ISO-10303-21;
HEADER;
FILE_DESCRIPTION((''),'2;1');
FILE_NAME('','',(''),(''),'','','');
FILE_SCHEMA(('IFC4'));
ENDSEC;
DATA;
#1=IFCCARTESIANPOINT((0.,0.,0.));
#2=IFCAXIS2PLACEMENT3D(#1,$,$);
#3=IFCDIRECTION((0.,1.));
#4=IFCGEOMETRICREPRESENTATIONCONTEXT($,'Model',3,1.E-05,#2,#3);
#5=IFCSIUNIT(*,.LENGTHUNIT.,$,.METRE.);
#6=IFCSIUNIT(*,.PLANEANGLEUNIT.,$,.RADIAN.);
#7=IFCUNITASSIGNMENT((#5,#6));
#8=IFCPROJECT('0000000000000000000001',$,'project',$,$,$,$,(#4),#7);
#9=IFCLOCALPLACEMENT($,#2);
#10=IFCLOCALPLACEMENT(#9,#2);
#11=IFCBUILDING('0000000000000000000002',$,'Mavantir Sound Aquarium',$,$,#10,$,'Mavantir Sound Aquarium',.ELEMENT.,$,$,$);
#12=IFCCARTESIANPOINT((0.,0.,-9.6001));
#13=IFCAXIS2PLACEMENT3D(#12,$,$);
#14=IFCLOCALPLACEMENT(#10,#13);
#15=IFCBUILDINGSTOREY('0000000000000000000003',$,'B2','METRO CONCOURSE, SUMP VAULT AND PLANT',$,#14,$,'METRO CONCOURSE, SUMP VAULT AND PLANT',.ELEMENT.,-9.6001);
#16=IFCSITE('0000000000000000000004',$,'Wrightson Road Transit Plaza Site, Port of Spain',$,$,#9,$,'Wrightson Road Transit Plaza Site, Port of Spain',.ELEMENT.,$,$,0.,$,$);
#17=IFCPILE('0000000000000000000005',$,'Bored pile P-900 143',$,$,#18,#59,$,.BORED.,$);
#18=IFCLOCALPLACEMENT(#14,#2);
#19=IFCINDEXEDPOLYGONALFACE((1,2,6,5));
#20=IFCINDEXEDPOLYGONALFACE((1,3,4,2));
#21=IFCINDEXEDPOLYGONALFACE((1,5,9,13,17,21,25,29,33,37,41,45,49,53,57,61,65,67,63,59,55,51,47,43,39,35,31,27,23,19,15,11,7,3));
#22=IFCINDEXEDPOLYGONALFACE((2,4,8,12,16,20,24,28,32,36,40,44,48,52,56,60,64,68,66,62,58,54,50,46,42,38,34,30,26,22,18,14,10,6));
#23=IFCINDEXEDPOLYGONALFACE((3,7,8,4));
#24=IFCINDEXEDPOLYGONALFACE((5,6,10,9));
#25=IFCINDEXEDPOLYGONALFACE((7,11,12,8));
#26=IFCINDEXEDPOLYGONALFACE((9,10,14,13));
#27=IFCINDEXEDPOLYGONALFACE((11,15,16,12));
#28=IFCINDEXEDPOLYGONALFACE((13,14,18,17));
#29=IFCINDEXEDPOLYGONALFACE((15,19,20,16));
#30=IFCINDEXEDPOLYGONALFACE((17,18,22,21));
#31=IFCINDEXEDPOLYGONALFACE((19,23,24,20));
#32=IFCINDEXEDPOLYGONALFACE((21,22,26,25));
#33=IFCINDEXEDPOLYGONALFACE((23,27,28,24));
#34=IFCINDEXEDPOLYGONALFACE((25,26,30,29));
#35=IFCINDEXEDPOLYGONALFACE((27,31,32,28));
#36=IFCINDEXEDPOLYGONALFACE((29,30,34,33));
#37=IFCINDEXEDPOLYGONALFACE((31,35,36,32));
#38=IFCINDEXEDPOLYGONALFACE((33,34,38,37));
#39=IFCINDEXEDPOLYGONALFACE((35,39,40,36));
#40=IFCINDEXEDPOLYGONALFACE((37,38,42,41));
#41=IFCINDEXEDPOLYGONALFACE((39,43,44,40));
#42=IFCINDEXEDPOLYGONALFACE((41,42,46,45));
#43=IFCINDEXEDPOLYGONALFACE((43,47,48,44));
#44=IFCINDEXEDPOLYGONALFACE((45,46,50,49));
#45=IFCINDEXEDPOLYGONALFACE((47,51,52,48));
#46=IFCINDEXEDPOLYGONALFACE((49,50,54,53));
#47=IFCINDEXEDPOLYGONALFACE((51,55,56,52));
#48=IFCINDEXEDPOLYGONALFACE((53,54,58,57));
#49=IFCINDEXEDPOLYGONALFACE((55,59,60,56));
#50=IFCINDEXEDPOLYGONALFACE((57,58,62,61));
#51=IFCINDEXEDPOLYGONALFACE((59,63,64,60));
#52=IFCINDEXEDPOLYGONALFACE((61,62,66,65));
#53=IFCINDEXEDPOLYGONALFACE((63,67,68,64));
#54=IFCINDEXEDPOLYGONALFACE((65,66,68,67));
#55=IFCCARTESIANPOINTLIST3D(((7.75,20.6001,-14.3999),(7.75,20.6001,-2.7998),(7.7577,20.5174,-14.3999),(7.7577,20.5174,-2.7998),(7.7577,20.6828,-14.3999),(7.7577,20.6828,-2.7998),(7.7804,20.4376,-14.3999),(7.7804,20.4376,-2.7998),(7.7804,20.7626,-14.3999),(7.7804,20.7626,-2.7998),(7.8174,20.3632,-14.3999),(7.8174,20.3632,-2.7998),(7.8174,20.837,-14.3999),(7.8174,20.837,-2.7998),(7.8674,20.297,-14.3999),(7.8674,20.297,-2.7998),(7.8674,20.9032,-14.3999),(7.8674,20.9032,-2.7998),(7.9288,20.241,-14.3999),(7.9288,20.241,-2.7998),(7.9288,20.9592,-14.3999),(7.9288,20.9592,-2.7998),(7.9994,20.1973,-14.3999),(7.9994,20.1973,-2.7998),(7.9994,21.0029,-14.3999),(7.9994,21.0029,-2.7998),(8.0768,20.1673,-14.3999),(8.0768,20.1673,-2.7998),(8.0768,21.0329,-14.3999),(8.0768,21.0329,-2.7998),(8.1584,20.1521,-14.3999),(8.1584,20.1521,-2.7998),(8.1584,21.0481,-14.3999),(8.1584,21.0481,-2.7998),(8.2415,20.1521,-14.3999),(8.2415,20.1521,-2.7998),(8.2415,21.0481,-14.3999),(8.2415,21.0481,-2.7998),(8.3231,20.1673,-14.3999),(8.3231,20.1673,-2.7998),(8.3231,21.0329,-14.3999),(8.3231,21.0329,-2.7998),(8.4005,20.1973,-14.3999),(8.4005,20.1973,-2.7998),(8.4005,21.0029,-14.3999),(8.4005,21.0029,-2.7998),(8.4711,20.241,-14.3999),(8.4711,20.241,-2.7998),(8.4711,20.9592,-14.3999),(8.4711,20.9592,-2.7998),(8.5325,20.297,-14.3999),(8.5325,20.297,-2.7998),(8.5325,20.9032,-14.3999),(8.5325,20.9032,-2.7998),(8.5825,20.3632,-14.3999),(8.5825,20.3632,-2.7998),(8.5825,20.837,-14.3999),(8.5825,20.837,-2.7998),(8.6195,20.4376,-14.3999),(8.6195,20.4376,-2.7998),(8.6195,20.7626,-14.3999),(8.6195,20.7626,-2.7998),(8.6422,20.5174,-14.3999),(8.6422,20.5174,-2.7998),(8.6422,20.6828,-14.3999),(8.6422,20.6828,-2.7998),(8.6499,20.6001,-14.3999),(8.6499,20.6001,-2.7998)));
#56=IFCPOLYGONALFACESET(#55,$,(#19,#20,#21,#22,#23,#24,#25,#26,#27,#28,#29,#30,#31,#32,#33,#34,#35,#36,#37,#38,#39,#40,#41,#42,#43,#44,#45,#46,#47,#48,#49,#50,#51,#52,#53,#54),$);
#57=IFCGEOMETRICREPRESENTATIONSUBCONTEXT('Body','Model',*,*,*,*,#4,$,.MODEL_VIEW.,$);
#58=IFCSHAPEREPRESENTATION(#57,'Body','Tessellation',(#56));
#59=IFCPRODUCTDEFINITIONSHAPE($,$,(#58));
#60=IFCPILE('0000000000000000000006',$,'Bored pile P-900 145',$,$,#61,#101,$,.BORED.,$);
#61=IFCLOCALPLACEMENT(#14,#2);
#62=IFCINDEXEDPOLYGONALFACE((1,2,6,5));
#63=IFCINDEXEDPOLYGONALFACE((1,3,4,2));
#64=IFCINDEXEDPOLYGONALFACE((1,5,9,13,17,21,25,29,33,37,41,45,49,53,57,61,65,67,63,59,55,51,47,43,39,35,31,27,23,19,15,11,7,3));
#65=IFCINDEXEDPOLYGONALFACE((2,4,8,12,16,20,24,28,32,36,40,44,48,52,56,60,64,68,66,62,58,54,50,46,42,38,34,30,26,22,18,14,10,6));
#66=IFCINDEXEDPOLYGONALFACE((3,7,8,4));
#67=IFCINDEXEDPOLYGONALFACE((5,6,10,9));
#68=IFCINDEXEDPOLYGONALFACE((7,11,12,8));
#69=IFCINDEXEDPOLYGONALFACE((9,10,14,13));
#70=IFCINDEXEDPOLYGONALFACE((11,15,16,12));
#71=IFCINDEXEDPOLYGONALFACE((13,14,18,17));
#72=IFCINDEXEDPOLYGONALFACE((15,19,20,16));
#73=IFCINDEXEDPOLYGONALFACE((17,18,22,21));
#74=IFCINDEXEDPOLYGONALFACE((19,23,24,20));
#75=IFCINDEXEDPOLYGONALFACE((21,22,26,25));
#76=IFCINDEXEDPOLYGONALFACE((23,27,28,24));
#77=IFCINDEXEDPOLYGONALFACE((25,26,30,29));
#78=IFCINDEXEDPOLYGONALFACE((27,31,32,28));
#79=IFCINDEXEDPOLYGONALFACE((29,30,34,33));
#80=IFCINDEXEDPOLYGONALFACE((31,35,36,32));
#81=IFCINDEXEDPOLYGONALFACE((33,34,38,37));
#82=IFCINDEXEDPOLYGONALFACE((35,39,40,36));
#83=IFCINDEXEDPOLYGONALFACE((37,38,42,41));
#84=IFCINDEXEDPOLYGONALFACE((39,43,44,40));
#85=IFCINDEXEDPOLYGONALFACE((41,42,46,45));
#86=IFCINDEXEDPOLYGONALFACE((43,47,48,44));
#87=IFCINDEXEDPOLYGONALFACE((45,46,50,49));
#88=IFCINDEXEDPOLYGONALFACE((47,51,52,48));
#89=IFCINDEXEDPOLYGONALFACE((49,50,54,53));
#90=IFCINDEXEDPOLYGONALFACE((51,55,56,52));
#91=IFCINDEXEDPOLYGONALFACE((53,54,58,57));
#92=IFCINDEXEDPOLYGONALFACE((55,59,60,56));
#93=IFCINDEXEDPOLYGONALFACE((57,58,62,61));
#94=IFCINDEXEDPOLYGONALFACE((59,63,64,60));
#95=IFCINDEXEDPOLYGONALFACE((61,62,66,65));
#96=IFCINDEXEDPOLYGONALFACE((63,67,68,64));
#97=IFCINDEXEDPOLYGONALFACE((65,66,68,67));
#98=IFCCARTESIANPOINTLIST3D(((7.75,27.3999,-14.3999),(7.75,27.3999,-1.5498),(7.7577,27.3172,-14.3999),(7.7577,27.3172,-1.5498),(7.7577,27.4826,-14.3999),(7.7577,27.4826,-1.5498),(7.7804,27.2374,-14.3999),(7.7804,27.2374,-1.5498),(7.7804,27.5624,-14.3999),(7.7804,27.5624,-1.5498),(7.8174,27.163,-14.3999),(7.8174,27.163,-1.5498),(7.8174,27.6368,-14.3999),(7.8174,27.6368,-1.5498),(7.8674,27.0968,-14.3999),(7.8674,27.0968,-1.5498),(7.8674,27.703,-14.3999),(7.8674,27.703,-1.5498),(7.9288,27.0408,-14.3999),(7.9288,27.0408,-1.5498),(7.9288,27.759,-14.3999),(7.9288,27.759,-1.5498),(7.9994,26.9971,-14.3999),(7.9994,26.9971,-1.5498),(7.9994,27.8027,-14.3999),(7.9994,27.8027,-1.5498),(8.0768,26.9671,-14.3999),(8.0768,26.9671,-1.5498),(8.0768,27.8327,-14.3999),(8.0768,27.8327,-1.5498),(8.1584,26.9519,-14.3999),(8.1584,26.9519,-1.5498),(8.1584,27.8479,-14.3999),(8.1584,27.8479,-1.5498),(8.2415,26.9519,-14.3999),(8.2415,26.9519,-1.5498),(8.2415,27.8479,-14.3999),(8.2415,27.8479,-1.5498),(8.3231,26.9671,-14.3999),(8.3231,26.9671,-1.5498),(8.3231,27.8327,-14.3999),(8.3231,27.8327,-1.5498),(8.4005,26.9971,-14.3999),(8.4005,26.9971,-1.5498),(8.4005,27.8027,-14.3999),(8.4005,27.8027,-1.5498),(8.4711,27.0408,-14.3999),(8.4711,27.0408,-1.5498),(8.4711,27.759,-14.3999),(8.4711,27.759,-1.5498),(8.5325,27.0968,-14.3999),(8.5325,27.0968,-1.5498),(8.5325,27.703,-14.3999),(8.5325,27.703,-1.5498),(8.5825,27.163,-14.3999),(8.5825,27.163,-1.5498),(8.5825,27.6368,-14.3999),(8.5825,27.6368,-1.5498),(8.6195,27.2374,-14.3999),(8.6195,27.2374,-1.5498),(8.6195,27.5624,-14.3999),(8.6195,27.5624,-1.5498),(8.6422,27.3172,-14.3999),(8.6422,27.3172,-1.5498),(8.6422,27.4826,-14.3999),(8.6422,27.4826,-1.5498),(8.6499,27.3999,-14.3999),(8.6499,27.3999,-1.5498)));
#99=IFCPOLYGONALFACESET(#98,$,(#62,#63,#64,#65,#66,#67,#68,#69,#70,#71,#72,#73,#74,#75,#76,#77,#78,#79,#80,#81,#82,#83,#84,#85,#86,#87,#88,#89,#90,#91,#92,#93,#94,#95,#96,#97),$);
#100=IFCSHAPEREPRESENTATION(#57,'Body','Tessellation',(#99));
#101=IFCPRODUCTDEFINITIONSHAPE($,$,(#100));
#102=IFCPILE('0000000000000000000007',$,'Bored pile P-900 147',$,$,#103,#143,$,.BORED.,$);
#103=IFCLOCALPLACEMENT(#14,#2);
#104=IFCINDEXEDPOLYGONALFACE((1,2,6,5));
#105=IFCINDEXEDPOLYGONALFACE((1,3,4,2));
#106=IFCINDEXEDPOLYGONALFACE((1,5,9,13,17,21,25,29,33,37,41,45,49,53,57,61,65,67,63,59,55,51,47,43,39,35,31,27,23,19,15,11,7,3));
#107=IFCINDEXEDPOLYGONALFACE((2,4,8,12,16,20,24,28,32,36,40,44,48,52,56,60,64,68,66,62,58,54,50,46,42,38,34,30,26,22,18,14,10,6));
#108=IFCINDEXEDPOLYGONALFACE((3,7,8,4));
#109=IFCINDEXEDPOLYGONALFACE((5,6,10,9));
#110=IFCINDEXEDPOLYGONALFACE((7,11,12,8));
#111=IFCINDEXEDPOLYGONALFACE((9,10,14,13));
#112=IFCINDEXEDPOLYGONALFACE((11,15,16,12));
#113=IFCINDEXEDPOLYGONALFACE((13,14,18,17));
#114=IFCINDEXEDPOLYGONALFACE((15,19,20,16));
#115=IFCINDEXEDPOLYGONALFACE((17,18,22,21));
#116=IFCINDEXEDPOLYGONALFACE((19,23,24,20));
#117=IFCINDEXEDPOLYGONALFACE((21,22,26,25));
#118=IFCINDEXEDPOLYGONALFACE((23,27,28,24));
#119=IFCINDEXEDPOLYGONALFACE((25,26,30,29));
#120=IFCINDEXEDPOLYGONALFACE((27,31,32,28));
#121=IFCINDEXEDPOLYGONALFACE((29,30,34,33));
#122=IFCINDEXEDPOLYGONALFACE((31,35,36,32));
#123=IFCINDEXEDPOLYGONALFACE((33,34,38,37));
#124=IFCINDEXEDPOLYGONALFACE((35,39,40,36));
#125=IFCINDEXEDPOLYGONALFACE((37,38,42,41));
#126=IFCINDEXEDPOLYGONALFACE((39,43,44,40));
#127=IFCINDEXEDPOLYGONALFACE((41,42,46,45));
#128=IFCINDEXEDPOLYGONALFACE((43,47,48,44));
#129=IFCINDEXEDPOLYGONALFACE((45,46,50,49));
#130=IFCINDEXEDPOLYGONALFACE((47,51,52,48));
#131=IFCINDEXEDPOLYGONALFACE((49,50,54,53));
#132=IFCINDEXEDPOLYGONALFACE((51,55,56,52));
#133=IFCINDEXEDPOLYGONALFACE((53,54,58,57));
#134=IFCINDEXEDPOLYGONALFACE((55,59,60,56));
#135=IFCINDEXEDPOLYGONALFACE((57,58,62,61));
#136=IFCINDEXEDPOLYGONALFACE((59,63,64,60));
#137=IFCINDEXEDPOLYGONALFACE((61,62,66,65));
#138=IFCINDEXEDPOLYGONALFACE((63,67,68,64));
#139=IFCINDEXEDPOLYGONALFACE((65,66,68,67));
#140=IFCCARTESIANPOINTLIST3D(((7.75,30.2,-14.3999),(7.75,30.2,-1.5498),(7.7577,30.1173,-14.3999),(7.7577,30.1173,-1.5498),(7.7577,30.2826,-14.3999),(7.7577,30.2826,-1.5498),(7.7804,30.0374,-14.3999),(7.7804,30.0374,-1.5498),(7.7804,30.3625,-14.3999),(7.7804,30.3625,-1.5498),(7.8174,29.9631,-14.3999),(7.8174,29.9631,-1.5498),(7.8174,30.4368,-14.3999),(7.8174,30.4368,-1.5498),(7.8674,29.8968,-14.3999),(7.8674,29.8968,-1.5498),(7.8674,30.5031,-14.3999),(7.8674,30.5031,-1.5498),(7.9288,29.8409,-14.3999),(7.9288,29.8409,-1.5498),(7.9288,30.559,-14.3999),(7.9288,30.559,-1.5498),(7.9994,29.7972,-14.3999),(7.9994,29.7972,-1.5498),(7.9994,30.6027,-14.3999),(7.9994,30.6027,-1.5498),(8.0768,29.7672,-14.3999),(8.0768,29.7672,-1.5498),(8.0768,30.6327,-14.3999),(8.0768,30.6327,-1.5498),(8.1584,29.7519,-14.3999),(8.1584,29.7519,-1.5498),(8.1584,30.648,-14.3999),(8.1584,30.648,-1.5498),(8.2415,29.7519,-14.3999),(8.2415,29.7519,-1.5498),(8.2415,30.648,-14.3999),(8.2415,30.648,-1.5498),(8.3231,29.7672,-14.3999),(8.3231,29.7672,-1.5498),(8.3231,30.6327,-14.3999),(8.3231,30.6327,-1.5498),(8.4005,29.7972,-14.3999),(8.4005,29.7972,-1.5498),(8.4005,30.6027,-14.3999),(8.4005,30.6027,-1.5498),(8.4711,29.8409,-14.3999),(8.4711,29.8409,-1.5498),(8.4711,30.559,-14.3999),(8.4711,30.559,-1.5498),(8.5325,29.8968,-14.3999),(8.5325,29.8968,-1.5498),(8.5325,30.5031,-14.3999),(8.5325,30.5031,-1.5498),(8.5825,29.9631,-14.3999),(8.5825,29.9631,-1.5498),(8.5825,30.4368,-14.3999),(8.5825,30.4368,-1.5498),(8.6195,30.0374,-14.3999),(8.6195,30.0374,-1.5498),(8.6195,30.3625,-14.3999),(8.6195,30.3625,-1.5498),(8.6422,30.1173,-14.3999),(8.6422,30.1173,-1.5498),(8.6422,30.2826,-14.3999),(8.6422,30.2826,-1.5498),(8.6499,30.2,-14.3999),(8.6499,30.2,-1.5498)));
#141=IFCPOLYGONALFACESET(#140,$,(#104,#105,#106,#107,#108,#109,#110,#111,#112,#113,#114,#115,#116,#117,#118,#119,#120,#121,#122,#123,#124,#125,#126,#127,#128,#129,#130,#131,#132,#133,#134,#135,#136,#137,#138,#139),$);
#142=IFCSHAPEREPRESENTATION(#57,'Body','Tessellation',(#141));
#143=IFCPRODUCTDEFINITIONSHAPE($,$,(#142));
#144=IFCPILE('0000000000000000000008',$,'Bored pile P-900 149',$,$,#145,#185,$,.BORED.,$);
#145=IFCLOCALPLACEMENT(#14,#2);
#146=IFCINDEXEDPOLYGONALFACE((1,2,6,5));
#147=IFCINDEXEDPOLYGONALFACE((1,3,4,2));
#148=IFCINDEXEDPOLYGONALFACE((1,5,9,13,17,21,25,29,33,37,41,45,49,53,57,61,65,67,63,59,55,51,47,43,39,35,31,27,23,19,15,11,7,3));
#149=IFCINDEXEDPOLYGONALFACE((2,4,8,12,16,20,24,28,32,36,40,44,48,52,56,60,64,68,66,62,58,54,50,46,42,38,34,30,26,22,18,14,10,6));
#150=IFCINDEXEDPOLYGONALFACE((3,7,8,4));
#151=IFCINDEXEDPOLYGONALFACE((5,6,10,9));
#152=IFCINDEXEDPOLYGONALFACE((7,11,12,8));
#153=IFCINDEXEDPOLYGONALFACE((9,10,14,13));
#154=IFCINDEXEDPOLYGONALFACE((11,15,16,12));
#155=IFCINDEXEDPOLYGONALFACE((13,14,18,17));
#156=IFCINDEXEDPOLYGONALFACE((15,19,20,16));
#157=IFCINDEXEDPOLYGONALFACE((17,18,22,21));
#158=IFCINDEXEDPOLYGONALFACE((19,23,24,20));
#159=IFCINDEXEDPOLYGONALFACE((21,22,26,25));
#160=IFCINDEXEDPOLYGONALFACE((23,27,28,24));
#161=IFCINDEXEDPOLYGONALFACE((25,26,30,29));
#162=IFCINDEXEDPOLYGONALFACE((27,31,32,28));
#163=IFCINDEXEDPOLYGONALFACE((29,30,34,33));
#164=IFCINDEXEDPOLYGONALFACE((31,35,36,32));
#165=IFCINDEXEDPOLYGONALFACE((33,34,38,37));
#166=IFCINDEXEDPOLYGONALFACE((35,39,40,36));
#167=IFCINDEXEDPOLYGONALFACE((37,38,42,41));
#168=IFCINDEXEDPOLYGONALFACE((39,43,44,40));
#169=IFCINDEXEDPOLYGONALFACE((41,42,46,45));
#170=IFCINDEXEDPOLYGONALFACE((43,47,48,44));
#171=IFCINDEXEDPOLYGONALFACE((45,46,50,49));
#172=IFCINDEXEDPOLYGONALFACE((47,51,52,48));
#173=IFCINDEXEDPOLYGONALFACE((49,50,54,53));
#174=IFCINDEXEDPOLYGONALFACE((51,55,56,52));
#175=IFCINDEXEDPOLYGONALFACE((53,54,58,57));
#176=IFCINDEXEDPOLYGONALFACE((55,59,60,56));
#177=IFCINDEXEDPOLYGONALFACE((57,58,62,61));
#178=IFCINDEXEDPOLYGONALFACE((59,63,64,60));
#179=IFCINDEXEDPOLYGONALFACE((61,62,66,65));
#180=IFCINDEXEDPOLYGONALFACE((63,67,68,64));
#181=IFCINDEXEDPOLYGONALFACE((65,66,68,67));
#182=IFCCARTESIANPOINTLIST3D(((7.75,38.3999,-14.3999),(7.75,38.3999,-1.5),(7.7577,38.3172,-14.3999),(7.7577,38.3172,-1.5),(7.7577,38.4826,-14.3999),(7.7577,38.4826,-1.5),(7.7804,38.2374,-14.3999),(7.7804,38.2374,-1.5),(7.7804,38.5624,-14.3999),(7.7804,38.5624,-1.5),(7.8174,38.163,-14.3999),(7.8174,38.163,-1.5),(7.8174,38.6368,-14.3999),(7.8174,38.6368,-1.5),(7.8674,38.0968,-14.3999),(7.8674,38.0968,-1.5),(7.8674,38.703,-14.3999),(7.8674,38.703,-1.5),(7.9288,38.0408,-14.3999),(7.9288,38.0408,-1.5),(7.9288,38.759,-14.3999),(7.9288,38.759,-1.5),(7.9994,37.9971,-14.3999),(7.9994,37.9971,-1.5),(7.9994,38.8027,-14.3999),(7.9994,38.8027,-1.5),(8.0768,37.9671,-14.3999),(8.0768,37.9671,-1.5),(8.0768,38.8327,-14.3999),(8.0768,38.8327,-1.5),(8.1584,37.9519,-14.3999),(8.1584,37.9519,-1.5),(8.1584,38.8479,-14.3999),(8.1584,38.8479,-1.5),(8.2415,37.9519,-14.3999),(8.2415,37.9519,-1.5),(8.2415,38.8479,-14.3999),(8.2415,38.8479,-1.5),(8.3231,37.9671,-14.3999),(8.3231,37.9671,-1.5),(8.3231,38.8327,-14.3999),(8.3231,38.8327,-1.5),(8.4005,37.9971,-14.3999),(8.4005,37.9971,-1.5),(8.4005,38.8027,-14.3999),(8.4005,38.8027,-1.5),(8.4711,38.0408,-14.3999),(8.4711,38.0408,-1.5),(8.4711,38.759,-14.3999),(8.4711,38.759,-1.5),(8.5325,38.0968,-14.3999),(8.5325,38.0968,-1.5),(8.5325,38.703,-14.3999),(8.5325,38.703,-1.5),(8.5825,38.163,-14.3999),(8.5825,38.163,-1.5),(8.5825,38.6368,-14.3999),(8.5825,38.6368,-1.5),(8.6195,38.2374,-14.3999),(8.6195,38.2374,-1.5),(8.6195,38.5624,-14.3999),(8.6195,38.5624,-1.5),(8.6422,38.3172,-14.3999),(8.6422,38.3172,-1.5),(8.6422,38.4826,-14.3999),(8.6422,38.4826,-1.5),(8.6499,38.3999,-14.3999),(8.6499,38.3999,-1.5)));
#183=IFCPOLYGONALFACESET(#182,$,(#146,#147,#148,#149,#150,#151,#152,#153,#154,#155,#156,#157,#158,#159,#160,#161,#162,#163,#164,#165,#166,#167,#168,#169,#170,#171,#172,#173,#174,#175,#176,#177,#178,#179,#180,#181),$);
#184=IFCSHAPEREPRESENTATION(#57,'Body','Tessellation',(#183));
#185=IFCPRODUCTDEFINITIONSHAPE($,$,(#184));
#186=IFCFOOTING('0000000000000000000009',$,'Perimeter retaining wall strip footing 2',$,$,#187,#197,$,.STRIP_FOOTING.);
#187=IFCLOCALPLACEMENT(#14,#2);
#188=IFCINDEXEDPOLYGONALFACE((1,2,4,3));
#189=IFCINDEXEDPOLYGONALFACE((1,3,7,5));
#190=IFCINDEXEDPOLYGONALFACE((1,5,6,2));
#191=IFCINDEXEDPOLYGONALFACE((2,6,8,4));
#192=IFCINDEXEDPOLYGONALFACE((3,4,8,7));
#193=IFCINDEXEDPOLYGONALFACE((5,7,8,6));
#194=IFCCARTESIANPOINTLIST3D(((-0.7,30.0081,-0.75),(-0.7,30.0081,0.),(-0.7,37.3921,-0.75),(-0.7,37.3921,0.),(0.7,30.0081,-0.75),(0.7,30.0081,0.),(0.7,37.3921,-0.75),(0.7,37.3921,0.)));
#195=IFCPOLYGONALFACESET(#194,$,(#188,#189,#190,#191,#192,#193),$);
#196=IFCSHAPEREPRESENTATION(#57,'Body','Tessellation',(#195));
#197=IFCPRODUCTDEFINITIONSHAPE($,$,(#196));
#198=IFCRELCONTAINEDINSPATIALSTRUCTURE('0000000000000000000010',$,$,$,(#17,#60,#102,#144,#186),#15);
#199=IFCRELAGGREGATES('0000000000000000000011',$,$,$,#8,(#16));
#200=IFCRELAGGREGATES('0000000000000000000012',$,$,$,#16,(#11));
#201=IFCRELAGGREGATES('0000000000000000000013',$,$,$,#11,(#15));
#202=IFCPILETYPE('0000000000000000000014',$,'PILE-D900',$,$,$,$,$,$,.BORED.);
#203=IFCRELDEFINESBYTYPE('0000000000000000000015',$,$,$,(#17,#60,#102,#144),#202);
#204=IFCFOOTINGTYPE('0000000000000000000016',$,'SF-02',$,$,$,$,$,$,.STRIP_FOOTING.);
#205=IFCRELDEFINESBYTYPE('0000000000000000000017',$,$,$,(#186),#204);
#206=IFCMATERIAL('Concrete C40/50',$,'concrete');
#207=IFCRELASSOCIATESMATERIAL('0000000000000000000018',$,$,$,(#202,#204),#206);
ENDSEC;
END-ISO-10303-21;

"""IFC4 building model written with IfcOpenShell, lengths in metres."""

from ifc_helpers import new_model, si_unit, direction, frame, origin, origin_2d, place, context, subcontext, project, spatial, rectangle, circle, extrude, material, material_profile, profile_set, type_object, element, save


model = new_model("IFC4")

# Units and contexts
model_context = context("Model", 3, precision=1e-05, world=origin(), true_north=direction((0.0, 1.0)))
body_context = subcontext(model_context, "Body", "Model", "MODEL_VIEW")
ifc_project = project(units=[si_unit("LENGTHUNIT", "METRE"), si_unit("PLANEANGLEUNIT", "RADIAN")], contexts=[model_context])

# Site, building, storey
site_placement = place(None, origin())
site = spatial("IfcSite", under=ifc_project, at=site_placement, Name="Wrightson Road Transit Plaza Site, Port of Spain", LongName="Wrightson Road Transit Plaza Site, Port of Spain", CompositionType="ELEMENT", RefElevation=0.0)
building_placement = place(site_placement, origin())
building = spatial("IfcBuilding", under=site, at=building_placement, Name="Mavantir Sound Aquarium", LongName="Mavantir Sound Aquarium", CompositionType="ELEMENT")
storey_placement = place(building_placement, frame((0.0, 0.0, -9.6001)))
storey = spatial("IfcBuildingStorey", under=building, at=storey_placement, Name="B2", Description="METRO CONCOURSE, SUMP VAULT AND PLANT", LongName="METRO CONCOURSE, SUMP VAULT AND PLANT", CompositionType="ELEMENT", Elevation=-9.6001)

# Shared definitions
ifc_material_1 = material(Name="Concrete C40/50", Category="concrete")

# Piles
ifc_material_profile_1 = material_profile(ifc_material_1, circle(Radius=0.45, at=origin_2d()), Name="PILE D900")
ifc_profile_set_1 = profile_set([ifc_material_profile_1], Name="Concrete C40/50")
pile_type = type_object("IfcPileType", Name="PILE-D900", PredefinedType="BORED", material=ifc_profile_set_1)
pile_1_placement = place(storey_placement, frame((8.2, 20.6001, -2.7998), z_axis=(0.0, 0.0, -1.0), x_axis=(1.0, 0.0, 0.0)))
element("IfcPile", 1, at=pile_1_placement, inside=storey, type_object=pile_type, Name="Bored pile P-900 143", PredefinedType="BORED", context=body_context, shape_type="SweptSolid", body=[
    extrude(circle(Radius=0.45, at=origin_2d()), origin(), (0.0, 0.0, 1.0), 11.6001),
])
for number, where, z_axis, x_axis, name in (
    (2, (8.2, 27.3999, -1.5498), (0.0, 0.0, -1.0), (1.0, 0.0, 0.0), "Bored pile P-900 145"),
    (3, (8.2, 30.2, -1.5498), (0.0, 0.0, -1.0), (1.0, 0.0, 0.0), "Bored pile P-900 147"),
):
    element("IfcPile", number, at=place(storey_placement, frame(where, z_axis=z_axis, x_axis=x_axis)), inside=storey, type_object=pile_type, Name=name, PredefinedType="BORED", context=body_context, shape_type="SweptSolid", body=[
        extrude(circle(Radius=0.45, at=origin_2d()), origin(), (0.0, 0.0, 1.0), 12.8501),
    ])
pile_2_placement = place(storey_placement, frame((8.2, 38.3999, -1.5), z_axis=(0.0, 0.0, -1.0), x_axis=(1.0, 0.0, 0.0)))
element("IfcPile", 4, at=pile_2_placement, inside=storey, type_object=pile_type, Name="Bored pile P-900 149", PredefinedType="BORED", context=body_context, shape_type="SweptSolid", body=[
    extrude(circle(Radius=0.45, at=origin_2d()), origin(), (0.0, 0.0, 1.0), 12.8999),
])

# Footing
ifc_material_profile_2 = material_profile(ifc_material_1, rectangle(XDim=1.3999, YDim=0.75, at=origin_2d()), Name="RC 1400X750")
ifc_profile_set_2 = profile_set([ifc_material_profile_2], Name="Concrete C40/50")
footing_type_1 = type_object("IfcFootingType", Name="SF-02", PredefinedType="STRIP_FOOTING", material=ifc_profile_set_2)
footing_1_placement = place(storey_placement, frame((0.0, 30.0081, -0.375), z_axis=(0.0, 1.0, 0.0), x_axis=(-1.0, 0.0, 0.0)))
element("IfcFooting", 5, at=footing_1_placement, inside=storey, type_object=footing_type_1, Name="Perimeter retaining wall strip footing 2", PredefinedType="STRIP_FOOTING", context=body_context, shape_type="SweptSolid", body=[
    extrude(rectangle(XDim=1.3999, YDim=0.75, at=origin_2d()), origin(), (0.0, 0.0, 1.0), 7.384),
])

save(model, "model.ifc")
